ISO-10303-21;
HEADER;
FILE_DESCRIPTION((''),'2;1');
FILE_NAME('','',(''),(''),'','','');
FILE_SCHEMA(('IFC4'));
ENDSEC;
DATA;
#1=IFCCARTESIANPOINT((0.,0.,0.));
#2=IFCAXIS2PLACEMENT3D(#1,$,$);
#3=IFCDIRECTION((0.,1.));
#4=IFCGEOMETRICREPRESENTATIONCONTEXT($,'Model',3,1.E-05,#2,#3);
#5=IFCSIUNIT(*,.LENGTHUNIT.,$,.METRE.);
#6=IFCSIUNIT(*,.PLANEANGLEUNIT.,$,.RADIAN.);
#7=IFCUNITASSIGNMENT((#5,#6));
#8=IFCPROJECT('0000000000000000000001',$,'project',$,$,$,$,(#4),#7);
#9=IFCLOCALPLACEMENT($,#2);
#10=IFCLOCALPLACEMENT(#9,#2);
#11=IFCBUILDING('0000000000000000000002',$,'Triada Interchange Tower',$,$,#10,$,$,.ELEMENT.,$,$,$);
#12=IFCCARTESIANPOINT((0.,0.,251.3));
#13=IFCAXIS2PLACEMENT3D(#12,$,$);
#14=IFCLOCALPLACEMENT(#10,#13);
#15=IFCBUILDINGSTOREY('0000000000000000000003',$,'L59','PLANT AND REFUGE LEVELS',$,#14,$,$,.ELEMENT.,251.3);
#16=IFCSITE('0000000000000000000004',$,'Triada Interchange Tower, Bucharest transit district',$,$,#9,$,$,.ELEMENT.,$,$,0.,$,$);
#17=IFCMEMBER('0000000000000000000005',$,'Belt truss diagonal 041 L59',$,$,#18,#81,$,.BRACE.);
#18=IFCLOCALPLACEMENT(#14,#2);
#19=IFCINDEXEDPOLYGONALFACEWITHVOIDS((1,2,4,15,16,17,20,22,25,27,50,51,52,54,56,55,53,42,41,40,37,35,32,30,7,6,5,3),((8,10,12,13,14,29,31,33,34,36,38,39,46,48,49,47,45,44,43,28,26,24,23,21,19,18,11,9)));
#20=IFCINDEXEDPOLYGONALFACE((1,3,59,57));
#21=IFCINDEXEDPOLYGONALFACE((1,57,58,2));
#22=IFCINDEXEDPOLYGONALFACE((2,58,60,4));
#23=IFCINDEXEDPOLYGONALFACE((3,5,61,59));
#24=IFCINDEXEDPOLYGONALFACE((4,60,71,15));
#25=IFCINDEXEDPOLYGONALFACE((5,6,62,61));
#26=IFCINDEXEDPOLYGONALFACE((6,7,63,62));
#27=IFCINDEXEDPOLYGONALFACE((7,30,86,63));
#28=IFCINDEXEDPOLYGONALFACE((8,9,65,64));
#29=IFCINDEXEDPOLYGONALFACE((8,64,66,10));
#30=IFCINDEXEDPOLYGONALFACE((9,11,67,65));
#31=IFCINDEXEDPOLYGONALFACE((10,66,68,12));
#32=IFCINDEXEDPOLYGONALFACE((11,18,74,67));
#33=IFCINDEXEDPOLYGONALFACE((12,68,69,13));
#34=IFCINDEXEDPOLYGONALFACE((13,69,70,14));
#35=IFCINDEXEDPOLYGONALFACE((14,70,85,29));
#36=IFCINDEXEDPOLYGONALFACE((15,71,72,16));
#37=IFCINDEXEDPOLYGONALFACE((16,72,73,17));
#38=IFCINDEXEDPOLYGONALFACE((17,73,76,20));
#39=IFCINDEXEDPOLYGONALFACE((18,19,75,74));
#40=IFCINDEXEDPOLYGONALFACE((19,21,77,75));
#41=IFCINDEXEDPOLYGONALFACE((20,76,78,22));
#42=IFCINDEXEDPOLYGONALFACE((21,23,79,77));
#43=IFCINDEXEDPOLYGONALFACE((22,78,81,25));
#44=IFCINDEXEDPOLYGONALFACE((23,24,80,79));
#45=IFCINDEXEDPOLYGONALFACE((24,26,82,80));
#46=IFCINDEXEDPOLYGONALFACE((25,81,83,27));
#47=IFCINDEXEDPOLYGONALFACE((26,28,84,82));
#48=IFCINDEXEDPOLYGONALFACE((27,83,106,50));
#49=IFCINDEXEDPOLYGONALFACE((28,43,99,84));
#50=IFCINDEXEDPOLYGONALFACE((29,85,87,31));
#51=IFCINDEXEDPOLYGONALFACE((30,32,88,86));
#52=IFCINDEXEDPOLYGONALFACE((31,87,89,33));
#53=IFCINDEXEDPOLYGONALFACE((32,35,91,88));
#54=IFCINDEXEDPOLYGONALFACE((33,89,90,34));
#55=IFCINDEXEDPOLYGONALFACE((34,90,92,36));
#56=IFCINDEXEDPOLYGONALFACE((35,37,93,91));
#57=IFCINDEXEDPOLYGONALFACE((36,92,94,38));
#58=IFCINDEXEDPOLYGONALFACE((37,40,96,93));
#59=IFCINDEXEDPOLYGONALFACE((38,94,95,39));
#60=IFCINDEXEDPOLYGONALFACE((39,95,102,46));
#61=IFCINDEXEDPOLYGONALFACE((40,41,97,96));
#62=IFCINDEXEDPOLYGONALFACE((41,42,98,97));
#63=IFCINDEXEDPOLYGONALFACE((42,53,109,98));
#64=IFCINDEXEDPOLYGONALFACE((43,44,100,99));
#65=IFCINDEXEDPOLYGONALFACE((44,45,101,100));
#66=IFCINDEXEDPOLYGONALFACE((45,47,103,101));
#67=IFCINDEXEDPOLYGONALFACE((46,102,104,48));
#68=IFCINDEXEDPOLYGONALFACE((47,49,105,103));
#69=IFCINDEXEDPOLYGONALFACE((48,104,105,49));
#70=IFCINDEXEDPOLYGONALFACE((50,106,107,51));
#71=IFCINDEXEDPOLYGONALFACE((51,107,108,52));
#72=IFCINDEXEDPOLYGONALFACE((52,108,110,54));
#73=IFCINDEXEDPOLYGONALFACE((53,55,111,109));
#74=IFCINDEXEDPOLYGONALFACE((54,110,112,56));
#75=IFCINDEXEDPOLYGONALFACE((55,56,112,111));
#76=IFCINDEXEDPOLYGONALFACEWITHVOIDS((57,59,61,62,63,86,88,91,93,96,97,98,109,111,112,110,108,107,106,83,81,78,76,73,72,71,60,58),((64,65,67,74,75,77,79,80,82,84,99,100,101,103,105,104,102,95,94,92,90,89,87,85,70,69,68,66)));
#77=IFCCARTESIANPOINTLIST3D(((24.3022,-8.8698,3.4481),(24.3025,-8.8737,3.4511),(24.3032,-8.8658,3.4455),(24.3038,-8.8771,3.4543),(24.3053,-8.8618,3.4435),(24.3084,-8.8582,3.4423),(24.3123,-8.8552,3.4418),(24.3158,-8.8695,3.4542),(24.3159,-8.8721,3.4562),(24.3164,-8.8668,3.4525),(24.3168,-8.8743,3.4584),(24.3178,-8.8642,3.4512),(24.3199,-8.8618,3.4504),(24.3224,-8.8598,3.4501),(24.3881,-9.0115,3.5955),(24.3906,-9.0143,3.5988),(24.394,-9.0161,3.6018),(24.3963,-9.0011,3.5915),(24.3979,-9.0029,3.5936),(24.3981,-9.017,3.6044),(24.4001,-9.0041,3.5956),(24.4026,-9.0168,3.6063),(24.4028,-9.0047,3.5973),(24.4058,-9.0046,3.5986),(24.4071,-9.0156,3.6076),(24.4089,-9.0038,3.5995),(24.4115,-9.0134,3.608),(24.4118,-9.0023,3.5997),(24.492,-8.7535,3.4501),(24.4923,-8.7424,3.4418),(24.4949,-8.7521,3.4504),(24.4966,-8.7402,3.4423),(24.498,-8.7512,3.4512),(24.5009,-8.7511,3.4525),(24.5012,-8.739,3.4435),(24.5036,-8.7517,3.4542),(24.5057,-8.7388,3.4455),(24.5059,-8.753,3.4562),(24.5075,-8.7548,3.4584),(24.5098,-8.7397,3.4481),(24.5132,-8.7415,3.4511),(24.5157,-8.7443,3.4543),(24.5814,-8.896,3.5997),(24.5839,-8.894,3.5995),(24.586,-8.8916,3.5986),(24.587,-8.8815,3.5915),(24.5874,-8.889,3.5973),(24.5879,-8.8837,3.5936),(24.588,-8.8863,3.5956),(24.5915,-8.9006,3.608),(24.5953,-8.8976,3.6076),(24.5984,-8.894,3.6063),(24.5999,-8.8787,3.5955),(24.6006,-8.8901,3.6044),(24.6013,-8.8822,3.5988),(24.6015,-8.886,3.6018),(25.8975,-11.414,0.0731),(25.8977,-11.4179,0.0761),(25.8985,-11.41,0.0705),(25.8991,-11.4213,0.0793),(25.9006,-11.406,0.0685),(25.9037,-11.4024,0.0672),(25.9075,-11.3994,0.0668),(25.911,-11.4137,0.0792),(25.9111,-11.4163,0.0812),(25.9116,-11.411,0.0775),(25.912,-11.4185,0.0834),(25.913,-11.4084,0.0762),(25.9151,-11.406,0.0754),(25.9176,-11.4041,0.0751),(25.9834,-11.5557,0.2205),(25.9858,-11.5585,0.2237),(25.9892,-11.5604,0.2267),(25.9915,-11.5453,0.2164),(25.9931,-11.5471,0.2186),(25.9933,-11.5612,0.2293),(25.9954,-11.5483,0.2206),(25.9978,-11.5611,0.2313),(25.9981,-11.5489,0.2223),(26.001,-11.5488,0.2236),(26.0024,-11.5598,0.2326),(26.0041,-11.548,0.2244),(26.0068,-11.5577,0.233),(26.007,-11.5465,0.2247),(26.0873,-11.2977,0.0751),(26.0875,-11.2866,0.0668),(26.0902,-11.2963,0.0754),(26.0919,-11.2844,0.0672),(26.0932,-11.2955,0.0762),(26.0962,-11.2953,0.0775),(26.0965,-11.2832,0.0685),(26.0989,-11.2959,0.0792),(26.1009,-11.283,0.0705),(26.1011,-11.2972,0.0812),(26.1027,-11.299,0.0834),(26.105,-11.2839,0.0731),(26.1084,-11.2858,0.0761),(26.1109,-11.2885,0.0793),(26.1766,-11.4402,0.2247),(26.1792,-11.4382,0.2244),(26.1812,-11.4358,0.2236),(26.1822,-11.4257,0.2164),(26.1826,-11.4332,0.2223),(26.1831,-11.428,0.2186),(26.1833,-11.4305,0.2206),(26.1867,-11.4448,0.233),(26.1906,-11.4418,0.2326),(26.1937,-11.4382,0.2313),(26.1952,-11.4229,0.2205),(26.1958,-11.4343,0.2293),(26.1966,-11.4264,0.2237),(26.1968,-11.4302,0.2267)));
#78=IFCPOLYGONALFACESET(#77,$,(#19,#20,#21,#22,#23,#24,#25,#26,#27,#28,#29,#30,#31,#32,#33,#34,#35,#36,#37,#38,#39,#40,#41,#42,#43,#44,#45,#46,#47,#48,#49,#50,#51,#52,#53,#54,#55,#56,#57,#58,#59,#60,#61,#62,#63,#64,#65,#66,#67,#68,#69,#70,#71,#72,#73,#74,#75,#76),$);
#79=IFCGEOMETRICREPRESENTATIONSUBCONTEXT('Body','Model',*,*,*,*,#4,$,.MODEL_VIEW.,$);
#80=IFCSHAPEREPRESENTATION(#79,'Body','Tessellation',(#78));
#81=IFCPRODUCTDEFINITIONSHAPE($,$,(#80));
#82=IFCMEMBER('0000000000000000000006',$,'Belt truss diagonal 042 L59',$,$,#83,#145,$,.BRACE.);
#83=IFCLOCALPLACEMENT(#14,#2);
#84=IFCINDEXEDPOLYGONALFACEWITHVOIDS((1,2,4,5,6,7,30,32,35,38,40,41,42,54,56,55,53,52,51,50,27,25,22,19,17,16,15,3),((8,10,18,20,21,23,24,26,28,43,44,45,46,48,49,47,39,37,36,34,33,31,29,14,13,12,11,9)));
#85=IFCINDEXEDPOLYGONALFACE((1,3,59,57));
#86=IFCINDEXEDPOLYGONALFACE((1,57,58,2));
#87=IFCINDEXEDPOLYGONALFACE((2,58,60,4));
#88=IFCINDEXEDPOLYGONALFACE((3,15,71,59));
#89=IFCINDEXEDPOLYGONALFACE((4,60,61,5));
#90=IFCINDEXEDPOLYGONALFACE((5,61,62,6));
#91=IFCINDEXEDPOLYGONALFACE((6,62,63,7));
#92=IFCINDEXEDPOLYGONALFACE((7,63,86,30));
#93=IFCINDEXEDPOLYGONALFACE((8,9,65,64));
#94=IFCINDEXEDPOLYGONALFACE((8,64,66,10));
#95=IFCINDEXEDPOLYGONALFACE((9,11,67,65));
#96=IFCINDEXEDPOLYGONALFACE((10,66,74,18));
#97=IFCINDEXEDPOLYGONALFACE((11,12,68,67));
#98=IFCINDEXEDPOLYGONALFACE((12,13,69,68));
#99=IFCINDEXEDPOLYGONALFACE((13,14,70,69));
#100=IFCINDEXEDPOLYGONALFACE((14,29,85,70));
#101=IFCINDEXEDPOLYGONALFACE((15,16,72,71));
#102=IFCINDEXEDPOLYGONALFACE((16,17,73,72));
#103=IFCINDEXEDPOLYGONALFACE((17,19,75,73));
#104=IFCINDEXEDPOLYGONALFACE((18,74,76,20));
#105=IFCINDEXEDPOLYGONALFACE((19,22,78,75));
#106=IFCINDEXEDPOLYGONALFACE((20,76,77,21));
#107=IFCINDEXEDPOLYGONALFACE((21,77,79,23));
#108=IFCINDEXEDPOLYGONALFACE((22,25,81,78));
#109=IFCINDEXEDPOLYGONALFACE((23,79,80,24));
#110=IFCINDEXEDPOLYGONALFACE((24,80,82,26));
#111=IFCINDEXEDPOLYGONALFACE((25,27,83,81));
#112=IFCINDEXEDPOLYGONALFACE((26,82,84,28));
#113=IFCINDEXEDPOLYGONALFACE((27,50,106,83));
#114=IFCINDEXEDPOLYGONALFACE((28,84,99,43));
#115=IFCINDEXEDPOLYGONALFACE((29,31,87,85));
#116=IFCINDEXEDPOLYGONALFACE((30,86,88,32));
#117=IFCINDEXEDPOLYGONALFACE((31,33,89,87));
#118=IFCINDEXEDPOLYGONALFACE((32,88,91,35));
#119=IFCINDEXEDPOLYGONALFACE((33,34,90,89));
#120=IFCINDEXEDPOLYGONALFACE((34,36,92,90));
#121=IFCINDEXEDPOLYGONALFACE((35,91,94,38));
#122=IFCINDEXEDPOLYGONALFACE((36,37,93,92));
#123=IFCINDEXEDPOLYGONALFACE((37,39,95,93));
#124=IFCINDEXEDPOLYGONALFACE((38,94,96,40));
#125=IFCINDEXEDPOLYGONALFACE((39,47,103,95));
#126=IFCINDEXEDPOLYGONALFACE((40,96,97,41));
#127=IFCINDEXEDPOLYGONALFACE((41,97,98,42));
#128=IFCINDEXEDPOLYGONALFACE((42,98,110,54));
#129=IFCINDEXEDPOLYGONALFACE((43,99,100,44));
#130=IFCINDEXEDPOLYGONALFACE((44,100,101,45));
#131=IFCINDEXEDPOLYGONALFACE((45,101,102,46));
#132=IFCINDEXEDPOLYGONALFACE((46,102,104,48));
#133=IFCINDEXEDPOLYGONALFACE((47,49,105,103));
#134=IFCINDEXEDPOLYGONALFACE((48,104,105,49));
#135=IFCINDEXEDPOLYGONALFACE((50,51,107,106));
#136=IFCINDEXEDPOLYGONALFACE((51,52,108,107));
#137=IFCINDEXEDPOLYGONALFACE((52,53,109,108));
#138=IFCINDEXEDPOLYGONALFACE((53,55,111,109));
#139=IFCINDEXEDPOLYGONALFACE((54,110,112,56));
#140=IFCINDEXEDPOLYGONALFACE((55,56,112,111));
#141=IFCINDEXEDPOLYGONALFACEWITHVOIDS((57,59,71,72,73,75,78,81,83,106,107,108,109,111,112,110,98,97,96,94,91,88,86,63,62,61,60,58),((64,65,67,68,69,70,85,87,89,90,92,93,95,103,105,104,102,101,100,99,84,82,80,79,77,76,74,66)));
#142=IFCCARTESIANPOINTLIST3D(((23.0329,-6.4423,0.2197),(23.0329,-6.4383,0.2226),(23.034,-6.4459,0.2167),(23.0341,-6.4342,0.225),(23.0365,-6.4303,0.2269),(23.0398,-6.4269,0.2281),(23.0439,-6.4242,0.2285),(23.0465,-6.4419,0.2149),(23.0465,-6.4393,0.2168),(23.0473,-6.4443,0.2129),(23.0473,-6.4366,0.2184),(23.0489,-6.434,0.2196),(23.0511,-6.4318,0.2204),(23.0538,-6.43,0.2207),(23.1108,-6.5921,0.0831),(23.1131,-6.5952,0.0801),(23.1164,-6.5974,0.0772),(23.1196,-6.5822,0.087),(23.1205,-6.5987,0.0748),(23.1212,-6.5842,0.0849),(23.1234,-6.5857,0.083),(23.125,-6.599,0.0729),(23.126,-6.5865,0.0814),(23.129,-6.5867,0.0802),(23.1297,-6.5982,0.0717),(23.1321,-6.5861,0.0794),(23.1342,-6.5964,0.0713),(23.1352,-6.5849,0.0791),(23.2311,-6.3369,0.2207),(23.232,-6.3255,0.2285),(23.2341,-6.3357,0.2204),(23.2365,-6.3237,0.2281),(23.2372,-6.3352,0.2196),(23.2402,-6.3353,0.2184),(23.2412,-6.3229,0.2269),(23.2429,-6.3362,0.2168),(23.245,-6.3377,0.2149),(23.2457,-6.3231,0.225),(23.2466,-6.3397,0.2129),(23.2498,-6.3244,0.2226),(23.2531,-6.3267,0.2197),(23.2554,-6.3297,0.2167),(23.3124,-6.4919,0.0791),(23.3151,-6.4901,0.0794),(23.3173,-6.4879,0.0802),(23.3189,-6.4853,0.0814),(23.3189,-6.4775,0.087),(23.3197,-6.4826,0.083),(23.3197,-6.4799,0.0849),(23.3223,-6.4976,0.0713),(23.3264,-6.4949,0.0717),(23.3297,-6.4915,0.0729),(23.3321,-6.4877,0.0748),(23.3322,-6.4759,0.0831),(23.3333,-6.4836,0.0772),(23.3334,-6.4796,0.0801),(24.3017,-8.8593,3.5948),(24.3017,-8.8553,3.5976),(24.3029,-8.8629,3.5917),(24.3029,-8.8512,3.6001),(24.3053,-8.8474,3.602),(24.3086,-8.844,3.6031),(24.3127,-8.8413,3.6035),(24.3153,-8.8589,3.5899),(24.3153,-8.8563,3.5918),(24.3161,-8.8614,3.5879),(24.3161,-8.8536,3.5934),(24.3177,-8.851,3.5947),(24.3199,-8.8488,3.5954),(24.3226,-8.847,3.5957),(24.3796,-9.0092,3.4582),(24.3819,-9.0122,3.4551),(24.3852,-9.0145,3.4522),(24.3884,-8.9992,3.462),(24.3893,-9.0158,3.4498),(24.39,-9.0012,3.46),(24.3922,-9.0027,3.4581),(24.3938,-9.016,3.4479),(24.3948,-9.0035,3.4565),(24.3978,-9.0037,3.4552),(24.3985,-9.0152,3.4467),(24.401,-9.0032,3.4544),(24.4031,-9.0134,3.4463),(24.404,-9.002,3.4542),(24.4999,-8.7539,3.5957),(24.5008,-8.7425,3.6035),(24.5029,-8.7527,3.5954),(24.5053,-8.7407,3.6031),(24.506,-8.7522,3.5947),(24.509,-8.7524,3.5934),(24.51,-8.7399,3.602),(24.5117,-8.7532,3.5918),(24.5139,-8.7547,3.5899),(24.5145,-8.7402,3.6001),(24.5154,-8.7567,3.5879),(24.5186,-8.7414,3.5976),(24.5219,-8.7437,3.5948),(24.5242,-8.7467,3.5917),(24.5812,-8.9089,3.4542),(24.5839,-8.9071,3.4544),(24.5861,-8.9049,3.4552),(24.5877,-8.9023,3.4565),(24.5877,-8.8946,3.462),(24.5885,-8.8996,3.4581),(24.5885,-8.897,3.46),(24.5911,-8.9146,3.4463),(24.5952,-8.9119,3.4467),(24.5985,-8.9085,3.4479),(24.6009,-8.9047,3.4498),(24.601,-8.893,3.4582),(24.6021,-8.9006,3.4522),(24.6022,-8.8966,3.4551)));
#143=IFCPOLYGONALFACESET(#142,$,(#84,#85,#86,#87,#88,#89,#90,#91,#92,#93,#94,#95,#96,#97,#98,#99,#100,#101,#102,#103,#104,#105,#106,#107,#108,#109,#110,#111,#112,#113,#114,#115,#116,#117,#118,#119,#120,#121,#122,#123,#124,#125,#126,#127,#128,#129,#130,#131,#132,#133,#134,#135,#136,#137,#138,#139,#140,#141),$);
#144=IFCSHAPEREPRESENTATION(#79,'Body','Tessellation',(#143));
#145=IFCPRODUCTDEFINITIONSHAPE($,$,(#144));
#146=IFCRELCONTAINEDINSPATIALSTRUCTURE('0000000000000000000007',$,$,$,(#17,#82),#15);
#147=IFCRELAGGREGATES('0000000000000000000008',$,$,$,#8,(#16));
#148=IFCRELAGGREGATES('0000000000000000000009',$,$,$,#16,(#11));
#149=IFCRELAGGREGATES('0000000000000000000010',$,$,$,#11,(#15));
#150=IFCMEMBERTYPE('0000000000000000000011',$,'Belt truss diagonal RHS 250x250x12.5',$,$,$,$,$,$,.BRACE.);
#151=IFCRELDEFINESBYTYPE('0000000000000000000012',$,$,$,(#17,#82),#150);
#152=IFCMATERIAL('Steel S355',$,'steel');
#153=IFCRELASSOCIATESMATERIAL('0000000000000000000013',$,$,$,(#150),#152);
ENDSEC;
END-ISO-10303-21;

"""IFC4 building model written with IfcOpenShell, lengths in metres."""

from ifc_helpers import new_model, si_unit, direction, frame, origin, origin_2d, place, context, subcontext, project, spatial, hollow_rectangle, extrude, material, material_profile, profile_set, type_object, element, save


model = new_model("IFC4")

# Units and contexts
model_context = context("Model", 3, precision=1e-05, world=origin(), true_north=direction((0.0, 1.0)))
body_context = subcontext(model_context, "Body", "Model", "MODEL_VIEW")
ifc_project = project(units=[si_unit("LENGTHUNIT", "METRE"), si_unit("PLANEANGLEUNIT", "RADIAN")], contexts=[model_context])

# Site, building, storey
site_placement = place(None, origin())
site = spatial("IfcSite", under=ifc_project, at=site_placement, Name="Triada Interchange Tower, Bucharest transit district", CompositionType="ELEMENT", RefElevation=0.0)
building_placement = place(site_placement, origin())
building = spatial("IfcBuilding", under=site, at=building_placement, Name="Triada Interchange Tower", CompositionType="ELEMENT")
storey_placement = place(building_placement, frame((0.0, 0.0, 251.3)))
storey = spatial("IfcBuildingStorey", under=building, at=storey_placement, Name="L59", Description="PLANT AND REFUGE LEVELS", CompositionType="ELEMENT", Elevation=251.3)

# Members
ifc_material_1 = material(Name="Steel S355", Category="steel")
ifc_material_profile_1 = material_profile(ifc_material_1, hollow_rectangle(XDim=0.25, YDim=0.25, WallThickness=0.0125, InnerFilletRadius=0.0125, OuterFilletRadius=0.0188, at=origin_2d()), Name="RHS 250x250x12.5")
ifc_profile_set_1 = profile_set([ifc_material_profile_1], Name="Steel S355")
member_type_1 = type_object("IfcMemberType", Name="Belt truss diagonal RHS 250x250x12.5", PredefinedType="BRACE", material=ifc_profile_set_1)
member_1_placement = place(storey_placement, frame((26.0471, -11.4221, 0.1499), z_axis=(-0.353115, 0.563179, 0.747087), x_axis=(-0.847235, -0.531219, 0.0)))
element("IfcMember", 1, at=member_1_placement, inside=storey, type_object=member_type_1, Name="Belt truss diagonal 041 L59", PredefinedType="BRACE", context=body_context, shape_type="SweptSolid", body=[
    extrude(hollow_rectangle(XDim=0.25, YDim=0.25, WallThickness=0.0125, InnerFilletRadius=0.0125, OuterFilletRadius=0.0188, at=origin_2d()), origin(), (0.0, 0.0, 1.0), 4.5176),
])
member_2_placement = place(storey_placement, frame((23.1831, -6.4609, 0.1499), z_axis=(0.292298, -0.556811, 0.777511), x_axis=(0.885416, 0.464799, 0.0)))
element("IfcMember", 2, at=member_2_placement, inside=storey, type_object=member_type_1, Name="Belt truss diagonal 042 L59", PredefinedType="BRACE", context=body_context, shape_type="SweptSolid", body=[
    extrude(hollow_rectangle(XDim=0.25, YDim=0.25, WallThickness=0.0125, InnerFilletRadius=0.0125, OuterFilletRadius=0.0188, at=origin_2d()), origin(), (0.0, 0.0, 1.0), 4.3408),
])

save(model, "model.ifc")
